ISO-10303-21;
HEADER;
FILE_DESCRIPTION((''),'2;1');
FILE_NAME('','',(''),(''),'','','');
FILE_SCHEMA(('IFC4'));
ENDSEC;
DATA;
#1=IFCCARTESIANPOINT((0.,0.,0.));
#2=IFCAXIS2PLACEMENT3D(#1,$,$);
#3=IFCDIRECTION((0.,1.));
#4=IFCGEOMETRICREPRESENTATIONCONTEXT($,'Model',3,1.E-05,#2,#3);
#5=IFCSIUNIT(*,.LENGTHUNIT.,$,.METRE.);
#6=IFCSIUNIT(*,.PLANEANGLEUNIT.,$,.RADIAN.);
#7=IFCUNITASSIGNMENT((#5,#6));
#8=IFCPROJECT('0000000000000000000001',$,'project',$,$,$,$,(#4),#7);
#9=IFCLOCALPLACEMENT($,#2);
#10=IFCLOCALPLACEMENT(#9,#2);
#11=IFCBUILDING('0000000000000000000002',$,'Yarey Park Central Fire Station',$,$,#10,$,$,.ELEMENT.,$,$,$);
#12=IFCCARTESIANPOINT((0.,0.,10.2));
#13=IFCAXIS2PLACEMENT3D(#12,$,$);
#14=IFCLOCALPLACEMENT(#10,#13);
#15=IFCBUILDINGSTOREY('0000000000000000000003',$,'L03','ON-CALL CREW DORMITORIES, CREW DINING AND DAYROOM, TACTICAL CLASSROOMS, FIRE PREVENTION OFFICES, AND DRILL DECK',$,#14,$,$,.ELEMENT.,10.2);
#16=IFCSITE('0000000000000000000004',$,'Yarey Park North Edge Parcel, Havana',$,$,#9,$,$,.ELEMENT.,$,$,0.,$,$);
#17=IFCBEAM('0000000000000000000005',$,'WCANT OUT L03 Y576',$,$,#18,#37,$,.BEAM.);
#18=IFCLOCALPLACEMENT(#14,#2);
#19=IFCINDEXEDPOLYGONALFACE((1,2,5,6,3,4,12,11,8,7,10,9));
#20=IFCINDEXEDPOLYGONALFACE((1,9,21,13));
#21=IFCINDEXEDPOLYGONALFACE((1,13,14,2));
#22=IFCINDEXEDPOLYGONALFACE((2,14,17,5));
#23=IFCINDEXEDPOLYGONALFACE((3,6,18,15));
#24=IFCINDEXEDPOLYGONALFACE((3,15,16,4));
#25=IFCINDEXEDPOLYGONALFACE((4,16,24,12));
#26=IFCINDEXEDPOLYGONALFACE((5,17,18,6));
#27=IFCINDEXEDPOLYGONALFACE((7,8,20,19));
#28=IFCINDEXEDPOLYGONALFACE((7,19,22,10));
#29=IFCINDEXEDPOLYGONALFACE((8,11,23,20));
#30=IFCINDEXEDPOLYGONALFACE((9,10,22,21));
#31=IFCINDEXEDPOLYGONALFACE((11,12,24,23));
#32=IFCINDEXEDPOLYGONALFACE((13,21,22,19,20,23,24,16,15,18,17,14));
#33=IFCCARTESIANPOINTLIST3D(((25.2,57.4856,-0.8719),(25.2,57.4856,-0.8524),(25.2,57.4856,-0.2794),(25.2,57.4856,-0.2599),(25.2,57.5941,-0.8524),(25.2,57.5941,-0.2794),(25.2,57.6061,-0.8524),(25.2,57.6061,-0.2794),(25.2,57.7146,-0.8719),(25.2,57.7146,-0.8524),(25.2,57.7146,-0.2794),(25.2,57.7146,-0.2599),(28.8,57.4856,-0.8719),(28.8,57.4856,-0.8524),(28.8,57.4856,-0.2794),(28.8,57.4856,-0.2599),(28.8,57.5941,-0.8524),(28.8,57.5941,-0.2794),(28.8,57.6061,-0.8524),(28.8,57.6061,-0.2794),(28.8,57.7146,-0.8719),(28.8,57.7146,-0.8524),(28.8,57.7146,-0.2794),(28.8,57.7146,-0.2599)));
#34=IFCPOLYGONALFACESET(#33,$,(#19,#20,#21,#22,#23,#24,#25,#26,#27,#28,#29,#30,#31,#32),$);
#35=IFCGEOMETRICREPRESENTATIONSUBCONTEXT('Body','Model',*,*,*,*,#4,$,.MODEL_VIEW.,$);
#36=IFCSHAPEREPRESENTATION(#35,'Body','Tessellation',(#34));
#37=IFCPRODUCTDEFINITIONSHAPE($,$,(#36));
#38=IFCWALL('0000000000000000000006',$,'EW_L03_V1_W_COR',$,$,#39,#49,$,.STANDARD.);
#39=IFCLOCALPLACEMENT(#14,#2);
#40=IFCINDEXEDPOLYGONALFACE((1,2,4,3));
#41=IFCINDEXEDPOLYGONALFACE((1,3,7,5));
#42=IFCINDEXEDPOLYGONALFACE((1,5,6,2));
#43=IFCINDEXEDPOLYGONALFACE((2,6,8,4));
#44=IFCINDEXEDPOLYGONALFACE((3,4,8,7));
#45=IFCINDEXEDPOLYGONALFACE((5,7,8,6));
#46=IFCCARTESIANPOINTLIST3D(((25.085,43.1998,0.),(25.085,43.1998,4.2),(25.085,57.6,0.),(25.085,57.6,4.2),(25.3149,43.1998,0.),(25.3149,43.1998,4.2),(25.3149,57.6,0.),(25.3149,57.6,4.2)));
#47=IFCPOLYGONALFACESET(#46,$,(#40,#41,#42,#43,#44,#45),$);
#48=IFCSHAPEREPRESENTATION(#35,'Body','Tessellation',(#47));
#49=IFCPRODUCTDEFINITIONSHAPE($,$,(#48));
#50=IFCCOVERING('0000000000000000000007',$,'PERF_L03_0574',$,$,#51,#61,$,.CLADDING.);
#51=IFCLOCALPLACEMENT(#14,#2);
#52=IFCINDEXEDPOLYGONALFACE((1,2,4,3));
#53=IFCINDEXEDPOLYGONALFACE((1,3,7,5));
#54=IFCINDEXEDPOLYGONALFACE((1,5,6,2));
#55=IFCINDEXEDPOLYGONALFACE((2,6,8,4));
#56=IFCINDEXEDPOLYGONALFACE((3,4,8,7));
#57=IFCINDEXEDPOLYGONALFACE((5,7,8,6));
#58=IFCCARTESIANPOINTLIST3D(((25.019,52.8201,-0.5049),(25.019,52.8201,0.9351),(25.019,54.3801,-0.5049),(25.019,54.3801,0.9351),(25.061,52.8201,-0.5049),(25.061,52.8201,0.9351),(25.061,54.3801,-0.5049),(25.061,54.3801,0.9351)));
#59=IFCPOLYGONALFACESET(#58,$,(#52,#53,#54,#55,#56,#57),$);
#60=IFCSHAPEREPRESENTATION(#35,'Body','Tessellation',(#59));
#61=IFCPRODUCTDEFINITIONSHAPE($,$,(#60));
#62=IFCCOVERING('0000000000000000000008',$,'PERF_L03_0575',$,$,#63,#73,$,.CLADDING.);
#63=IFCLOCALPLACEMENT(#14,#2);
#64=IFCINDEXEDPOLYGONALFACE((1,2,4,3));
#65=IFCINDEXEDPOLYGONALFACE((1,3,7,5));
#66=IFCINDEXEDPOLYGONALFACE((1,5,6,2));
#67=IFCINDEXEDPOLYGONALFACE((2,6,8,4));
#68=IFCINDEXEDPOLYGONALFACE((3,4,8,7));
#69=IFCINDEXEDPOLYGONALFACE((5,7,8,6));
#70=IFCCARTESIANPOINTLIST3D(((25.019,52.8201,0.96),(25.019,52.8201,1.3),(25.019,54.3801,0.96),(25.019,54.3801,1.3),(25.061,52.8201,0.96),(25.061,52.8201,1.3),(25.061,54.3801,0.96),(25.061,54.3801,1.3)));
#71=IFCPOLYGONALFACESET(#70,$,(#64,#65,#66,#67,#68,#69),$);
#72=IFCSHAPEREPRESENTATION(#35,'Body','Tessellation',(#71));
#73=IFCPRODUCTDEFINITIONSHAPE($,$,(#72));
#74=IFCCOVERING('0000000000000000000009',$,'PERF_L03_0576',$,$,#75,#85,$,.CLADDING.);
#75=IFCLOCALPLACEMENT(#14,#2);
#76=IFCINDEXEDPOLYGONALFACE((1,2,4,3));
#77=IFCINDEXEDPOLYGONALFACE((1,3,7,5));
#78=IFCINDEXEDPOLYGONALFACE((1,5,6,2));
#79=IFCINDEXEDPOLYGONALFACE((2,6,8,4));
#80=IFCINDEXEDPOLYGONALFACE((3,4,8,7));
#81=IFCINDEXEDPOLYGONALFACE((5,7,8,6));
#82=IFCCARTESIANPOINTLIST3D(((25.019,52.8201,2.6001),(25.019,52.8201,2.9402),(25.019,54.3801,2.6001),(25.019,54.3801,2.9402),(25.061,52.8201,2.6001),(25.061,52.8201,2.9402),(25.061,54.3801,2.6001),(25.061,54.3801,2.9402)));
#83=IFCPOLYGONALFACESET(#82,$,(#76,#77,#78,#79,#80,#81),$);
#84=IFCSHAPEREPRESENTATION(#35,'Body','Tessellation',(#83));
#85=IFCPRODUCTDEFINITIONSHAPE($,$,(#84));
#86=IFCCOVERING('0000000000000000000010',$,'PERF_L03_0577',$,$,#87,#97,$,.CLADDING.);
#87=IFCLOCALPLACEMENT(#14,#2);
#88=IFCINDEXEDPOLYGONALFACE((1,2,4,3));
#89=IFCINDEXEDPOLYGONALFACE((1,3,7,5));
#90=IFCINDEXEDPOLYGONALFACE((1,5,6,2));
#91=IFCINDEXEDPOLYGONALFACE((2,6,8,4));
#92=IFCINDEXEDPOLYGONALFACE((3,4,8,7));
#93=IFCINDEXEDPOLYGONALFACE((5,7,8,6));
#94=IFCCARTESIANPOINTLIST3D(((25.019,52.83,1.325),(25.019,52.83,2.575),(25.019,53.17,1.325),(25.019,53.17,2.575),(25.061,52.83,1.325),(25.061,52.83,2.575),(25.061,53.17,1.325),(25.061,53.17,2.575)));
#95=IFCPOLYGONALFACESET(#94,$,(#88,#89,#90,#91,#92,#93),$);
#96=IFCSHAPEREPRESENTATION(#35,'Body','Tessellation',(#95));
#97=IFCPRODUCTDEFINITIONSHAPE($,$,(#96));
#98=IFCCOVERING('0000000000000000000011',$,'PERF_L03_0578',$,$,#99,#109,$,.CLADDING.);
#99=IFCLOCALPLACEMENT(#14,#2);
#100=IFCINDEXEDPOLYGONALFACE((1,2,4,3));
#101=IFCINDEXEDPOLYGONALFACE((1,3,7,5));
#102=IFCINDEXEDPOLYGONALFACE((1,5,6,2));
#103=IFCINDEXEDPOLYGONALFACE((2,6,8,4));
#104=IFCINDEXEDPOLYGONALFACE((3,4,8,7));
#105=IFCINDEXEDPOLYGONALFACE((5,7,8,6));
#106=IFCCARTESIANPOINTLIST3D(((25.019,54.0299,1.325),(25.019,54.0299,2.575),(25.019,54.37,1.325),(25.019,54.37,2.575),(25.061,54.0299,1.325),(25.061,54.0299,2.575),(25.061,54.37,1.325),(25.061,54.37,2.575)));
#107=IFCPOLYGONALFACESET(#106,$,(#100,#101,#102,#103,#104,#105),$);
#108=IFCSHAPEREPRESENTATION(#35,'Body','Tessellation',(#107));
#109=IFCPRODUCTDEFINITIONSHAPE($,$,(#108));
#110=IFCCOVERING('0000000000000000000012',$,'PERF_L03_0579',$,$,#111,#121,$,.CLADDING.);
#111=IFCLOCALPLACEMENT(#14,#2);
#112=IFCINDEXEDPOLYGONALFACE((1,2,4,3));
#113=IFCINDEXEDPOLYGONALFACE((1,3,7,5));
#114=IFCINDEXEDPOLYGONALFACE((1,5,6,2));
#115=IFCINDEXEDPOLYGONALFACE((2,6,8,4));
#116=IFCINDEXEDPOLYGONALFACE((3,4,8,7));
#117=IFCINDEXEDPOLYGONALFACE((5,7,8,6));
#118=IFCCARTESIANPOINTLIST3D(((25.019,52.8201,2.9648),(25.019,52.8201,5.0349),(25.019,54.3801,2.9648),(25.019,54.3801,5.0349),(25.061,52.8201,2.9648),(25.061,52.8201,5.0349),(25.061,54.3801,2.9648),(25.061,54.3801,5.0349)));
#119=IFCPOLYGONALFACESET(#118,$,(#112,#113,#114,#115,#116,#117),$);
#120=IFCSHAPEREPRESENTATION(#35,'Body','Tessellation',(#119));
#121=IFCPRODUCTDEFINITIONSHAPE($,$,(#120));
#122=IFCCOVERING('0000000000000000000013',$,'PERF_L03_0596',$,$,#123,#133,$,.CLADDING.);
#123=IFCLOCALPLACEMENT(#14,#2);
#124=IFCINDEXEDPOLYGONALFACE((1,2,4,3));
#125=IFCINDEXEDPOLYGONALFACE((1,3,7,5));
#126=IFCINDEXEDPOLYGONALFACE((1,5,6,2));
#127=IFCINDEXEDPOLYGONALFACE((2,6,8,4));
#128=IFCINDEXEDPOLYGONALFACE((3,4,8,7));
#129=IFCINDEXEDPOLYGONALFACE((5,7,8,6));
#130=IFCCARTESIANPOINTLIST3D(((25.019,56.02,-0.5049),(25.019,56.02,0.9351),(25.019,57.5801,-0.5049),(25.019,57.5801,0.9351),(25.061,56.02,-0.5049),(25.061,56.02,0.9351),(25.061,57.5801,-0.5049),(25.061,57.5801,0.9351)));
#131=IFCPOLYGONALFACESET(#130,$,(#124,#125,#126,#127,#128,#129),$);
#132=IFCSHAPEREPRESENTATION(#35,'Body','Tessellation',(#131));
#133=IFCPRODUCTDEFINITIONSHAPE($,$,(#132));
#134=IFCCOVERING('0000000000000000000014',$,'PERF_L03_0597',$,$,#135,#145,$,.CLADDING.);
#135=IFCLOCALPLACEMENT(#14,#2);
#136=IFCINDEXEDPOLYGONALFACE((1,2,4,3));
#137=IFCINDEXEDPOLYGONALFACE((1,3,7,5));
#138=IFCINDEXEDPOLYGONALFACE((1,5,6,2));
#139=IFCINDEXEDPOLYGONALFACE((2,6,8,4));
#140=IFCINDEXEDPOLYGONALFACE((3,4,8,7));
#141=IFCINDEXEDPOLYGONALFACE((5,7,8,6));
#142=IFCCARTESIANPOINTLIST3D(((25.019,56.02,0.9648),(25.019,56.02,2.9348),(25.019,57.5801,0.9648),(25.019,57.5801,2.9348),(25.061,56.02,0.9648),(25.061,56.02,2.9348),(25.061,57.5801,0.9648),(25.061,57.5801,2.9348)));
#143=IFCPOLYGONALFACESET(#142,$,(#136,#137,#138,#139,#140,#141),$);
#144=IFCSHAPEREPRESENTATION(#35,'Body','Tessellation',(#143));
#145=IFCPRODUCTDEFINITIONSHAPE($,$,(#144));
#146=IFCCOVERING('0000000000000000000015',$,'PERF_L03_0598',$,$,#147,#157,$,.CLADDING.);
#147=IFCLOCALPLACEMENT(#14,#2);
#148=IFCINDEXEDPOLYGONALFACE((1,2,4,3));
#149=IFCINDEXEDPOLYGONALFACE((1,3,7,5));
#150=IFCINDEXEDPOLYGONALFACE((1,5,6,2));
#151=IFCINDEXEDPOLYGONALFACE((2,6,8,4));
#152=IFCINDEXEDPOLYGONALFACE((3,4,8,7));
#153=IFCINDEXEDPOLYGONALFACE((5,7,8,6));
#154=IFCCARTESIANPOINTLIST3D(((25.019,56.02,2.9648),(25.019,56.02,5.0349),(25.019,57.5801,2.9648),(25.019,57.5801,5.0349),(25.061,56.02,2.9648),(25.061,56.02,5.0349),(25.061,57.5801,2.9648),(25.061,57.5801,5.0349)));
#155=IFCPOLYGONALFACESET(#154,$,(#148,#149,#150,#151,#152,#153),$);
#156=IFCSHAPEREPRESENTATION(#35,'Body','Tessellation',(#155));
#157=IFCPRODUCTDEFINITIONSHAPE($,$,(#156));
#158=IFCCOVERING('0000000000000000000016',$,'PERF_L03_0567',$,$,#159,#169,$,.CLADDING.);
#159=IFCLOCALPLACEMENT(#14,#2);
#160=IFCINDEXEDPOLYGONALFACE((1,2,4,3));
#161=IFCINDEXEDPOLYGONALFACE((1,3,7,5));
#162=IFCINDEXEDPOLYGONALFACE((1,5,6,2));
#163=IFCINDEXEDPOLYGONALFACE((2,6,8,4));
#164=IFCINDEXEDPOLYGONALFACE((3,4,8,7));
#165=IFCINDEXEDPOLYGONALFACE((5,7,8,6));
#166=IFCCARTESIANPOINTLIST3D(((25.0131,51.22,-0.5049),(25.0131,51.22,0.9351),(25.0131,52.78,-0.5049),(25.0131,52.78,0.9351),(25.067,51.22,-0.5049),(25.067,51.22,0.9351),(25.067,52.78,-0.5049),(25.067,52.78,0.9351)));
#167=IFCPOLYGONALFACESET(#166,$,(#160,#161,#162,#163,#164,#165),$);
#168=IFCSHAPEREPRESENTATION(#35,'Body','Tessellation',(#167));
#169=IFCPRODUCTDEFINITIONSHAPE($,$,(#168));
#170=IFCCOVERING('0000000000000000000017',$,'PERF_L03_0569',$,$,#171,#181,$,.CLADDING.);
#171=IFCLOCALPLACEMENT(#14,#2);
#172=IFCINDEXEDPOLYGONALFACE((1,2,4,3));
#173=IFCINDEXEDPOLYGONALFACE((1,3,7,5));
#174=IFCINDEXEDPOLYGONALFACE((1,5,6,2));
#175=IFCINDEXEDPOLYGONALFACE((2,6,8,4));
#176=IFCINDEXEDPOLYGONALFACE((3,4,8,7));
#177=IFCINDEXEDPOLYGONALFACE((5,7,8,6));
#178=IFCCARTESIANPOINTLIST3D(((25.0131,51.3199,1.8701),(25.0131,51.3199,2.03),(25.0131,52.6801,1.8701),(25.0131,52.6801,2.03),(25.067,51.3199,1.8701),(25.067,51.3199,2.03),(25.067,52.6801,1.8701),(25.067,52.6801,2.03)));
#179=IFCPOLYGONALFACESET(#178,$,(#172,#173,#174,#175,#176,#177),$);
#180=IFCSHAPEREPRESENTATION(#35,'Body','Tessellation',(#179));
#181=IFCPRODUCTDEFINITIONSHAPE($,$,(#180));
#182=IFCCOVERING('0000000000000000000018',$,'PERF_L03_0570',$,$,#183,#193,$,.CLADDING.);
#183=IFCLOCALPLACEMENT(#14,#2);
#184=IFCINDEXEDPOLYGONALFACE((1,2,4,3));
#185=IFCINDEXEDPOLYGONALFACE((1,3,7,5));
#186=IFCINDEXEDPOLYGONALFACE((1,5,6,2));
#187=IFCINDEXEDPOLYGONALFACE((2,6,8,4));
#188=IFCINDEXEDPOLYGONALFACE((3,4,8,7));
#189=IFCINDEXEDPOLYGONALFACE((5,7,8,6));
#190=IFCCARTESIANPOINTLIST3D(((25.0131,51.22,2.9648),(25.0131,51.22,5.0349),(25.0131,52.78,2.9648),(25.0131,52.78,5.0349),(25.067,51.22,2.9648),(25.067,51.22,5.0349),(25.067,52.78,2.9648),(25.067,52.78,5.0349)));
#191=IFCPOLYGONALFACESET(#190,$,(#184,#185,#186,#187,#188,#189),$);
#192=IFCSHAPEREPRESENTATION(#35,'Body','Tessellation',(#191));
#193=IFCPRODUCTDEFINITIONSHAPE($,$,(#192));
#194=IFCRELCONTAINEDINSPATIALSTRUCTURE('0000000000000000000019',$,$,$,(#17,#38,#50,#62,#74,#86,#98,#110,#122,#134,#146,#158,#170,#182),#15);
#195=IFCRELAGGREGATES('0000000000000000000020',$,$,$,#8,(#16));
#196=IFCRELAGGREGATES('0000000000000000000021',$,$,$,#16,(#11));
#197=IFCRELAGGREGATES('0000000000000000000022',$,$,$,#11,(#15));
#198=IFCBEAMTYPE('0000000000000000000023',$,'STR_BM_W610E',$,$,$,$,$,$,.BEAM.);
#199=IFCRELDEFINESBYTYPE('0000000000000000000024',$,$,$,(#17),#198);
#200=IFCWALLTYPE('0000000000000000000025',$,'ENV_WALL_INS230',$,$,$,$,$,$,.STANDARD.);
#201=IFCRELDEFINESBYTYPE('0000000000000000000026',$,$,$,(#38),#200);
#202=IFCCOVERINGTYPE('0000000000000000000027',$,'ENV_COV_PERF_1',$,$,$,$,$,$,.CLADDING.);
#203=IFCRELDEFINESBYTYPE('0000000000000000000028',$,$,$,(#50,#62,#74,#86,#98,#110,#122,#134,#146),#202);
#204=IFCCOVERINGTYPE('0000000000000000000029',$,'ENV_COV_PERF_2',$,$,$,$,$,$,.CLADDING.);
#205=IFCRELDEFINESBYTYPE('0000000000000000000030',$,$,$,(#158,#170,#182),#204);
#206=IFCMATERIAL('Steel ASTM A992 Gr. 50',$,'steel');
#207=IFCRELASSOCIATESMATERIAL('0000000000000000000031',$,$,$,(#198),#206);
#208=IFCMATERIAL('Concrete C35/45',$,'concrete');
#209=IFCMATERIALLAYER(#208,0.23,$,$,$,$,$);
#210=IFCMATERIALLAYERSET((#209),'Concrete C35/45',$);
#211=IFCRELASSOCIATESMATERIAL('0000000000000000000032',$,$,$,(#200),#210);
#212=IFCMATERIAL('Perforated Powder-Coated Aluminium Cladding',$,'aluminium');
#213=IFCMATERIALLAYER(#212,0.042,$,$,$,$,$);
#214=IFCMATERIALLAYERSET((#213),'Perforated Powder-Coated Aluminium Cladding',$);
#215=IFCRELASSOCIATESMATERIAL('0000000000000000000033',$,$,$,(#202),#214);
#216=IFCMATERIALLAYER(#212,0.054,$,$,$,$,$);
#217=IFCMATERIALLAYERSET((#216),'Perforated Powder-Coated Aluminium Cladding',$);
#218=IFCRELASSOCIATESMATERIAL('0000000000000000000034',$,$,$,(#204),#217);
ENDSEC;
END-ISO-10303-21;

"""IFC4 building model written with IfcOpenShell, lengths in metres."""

from ifc_helpers import new_model, si_unit, direction, frame, frame_2d, origin, origin_2d, place, context, subcontext, project, spatial, rectangle, i_section, extrude, material, layer, layer_set, material_profile, profile_set, type_object, element, save


model = new_model("IFC4")

# Units and contexts
model_context = context("Model", 3, precision=1e-05, world=origin(), true_north=direction((0.0, 1.0)))
body_context = subcontext(model_context, "Body", "Model", "MODEL_VIEW")
ifc_project = project(units=[si_unit("LENGTHUNIT", "METRE"), si_unit("PLANEANGLEUNIT", "RADIAN")], contexts=[model_context])

# Site, building, storey
site_placement = place(None, origin())
site = spatial("IfcSite", under=ifc_project, at=site_placement, Name="Yarey Park North Edge Parcel, Havana", CompositionType="ELEMENT", RefElevation=0.0)
building_placement = place(site_placement, origin())
building = spatial("IfcBuilding", under=site, at=building_placement, Name="Yarey Park Central Fire Station", CompositionType="ELEMENT")
storey_placement = place(building_placement, frame((0.0, 0.0, 10.2)))
storey = spatial("IfcBuildingStorey", under=building, at=storey_placement, Name="L03", Description="ON-CALL CREW DORMITORIES, CREW DINING AND DAYROOM, TACTICAL CLASSROOMS, FIRE PREVENTION OFFICES, AND DRILL DECK", CompositionType="ELEMENT", Elevation=10.2)

# Beam
ifc_material_1 = material(Name="Steel ASTM A992 Gr. 50", Category="steel")
ifc_material_profile = material_profile(ifc_material_1, i_section(OverallWidth=0.229, OverallDepth=0.6121, WebThickness=0.012, FlangeThickness=0.0195, at=origin_2d()), Name="W610x125")
ifc_profile_set = profile_set([ifc_material_profile], Name="Steel ASTM A992 Gr. 50")
beam_type = type_object("IfcBeamType", Name="STR_BM_W610E", PredefinedType="BEAM", material=ifc_profile_set)
beam_placement = place(storey_placement, frame((25.2, 57.6001, -0.5659), z_axis=(1.0, 0.0, 0.0), x_axis=(0.0, 1.0, 0.0)))
element("IfcBeam", 1, at=beam_placement, inside=storey, type_object=beam_type, Name="WCANT OUT L03 Y576", PredefinedType="BEAM", context=body_context, shape_type="SweptSolid", body=[
    extrude(i_section(OverallWidth=0.229, OverallDepth=0.6121, WebThickness=0.012, FlangeThickness=0.0195, at=origin_2d()), origin(), (0.0, 0.0, 1.0), 3.6001),
])

# Wall
ifc_material_2 = material(Name="Concrete C35/45", Category="concrete")
ifc_layer_1 = layer(ifc_material_2, 0.23)
ifc_layer_set_1 = layer_set([ifc_layer_1], Name="Concrete C35/45")
wall_type = type_object("IfcWallType", Name="ENV_WALL_INS230", PredefinedType="STANDARD", material=ifc_layer_set_1)
wall_placement = place(storey_placement, frame((25.2, 57.6001, 0.0), z_axis=(0.0, 0.0, 1.0), x_axis=(0.0, -1.0, 0.0)))
element("IfcWall", 2, at=wall_placement, inside=storey, type_object=wall_type, Name="EW_L03_V1_W_COR", PredefinedType="STANDARD", context=body_context, shape_type="SweptSolid", body=[
    extrude(rectangle(XDim=14.4001, YDim=0.23, at=frame_2d((7.2002, 0.0))), origin(), (0.0, 0.0, 1.0), 4.2),
])

# Coverings
ifc_material_3 = material(Name="Perforated Powder-Coated Aluminium Cladding", Category="aluminium")
ifc_layer_2 = layer(ifc_material_3, 0.042)
ifc_layer_set_2 = layer_set([ifc_layer_2], Name="Perforated Powder-Coated Aluminium Cladding")
covering_type_1 = type_object("IfcCoveringType", Name="ENV_COV_PERF_1", PredefinedType="CLADDING", material=ifc_layer_set_2)
covering_1_placement = place(storey_placement, frame((25.04, 53.6001, -0.5049), z_axis=(0.0, 0.0, 1.0), x_axis=(0.0, 1.0, 0.0)))
element("IfcCovering", 3, at=covering_1_placement, inside=storey, type_object=covering_type_1, Name="PERF_L03_0574", PredefinedType="CLADDING", context=body_context, shape_type="SweptSolid", body=[
    extrude(rectangle(XDim=1.5601, YDim=0.042, at=origin_2d()), origin(), (0.0, 0.0, 1.0), 1.4399),
])
for number, where, z_axis, x_axis, name in (
    (4, (25.04, 53.6001, 0.96), (0.0, 0.0, 1.0), (0.0, 1.0, 0.0), "PERF_L03_0575"),
    (5, (25.04, 53.6001, 2.6001), (0.0, 0.0, 1.0), (0.0, 1.0, 0.0), "PERF_L03_0576"),
):
    element("IfcCovering", number, at=place(storey_placement, frame(where, z_axis=z_axis, x_axis=x_axis)), inside=storey, type_object=covering_type_1, Name=name, PredefinedType="CLADDING", context=body_context, shape_type="SweptSolid", body=[
        extrude(rectangle(XDim=1.5601, YDim=0.042, at=origin_2d()), origin(), (0.0, 0.0, 1.0), 0.3401),
    ])
for number, where, z_axis, x_axis, name in (
    (6, (25.04, 53.0, 1.325), (0.0, 0.0, 1.0), (0.0, 1.0, 0.0), "PERF_L03_0577"),
    (7, (25.04, 54.2, 1.325), (0.0, 0.0, 1.0), (0.0, 1.0, 0.0), "PERF_L03_0578"),
):
    element("IfcCovering", number, at=place(storey_placement, frame(where, z_axis=z_axis, x_axis=x_axis)), inside=storey, type_object=covering_type_1, Name=name, PredefinedType="CLADDING", context=body_context, shape_type="SweptSolid", body=[
        extrude(rectangle(XDim=0.3401, YDim=0.042, at=origin_2d()), origin(), (0.0, 0.0, 1.0), 1.25),
    ])
covering_2_placement = place(storey_placement, frame((25.04, 53.6001, 2.9648), z_axis=(0.0, 0.0, 1.0), x_axis=(0.0, 1.0, 0.0)))
element("IfcCovering", 8, at=covering_2_placement, inside=storey, type_object=covering_type_1, Name="PERF_L03_0579", PredefinedType="CLADDING", context=body_context, shape_type="SweptSolid", body=[
    extrude(rectangle(XDim=1.5601, YDim=0.042, at=origin_2d()), origin(), (0.0, 0.0, 1.0), 2.0701),
])
covering_3_placement = place(storey_placement, frame((25.04, 56.8, -0.5049), z_axis=(0.0, 0.0, 1.0), x_axis=(0.0, 1.0, 0.0)))
element("IfcCovering", 9, at=covering_3_placement, inside=storey, type_object=covering_type_1, Name="PERF_L03_0596", PredefinedType="CLADDING", context=body_context, shape_type="SweptSolid", body=[
    extrude(rectangle(XDim=1.5601, YDim=0.042, at=origin_2d()), origin(), (0.0, 0.0, 1.0), 1.4399),
])
covering_4_placement = place(storey_placement, frame((25.04, 56.8, 0.9648), z_axis=(0.0, 0.0, 1.0), x_axis=(0.0, 1.0, 0.0)))
element("IfcCovering", 10, at=covering_4_placement, inside=storey, type_object=covering_type_1, Name="PERF_L03_0597", PredefinedType="CLADDING", context=body_context, shape_type="SweptSolid", body=[
    extrude(rectangle(XDim=1.5601, YDim=0.042, at=origin_2d()), origin(), (0.0, 0.0, 1.0), 1.97),
])
covering_5_placement = place(storey_placement, frame((25.04, 56.8, 2.9648), z_axis=(0.0, 0.0, 1.0), x_axis=(0.0, 1.0, 0.0)))
element("IfcCovering", 11, at=covering_5_placement, inside=storey, type_object=covering_type_1, Name="PERF_L03_0598", PredefinedType="CLADDING", context=body_context, shape_type="SweptSolid", body=[
    extrude(rectangle(XDim=1.5601, YDim=0.042, at=origin_2d()), origin(), (0.0, 0.0, 1.0), 2.0701),
])
ifc_layer_3 = layer(ifc_material_3, 0.054)
ifc_layer_set_3 = layer_set([ifc_layer_3], Name="Perforated Powder-Coated Aluminium Cladding")
covering_type_2 = type_object("IfcCoveringType", Name="ENV_COV_PERF_2", PredefinedType="CLADDING", material=ifc_layer_set_3)
covering_6_placement = place(storey_placement, frame((25.04, 52.0, -0.5049), z_axis=(0.0, 0.0, 1.0), x_axis=(0.0, 1.0, 0.0)))
element("IfcCovering", 12, at=covering_6_placement, inside=storey, type_object=covering_type_2, Name="PERF_L03_0567", PredefinedType="CLADDING", context=body_context, shape_type="SweptSolid", body=[
    extrude(rectangle(XDim=1.5601, YDim=0.054, at=origin_2d()), origin(), (0.0, 0.0, 1.0), 1.4399),
])
covering_7_placement = place(storey_placement, frame((25.04, 52.0, 1.8701), z_axis=(0.0, 0.0, 1.0), x_axis=(0.0, 1.0, 0.0)))
element("IfcCovering", 13, at=covering_7_placement, inside=storey, type_object=covering_type_2, Name="PERF_L03_0569", PredefinedType="CLADDING", context=body_context, shape_type="SweptSolid", body=[
    extrude(rectangle(XDim=1.3601, YDim=0.054, at=origin_2d()), origin(), (0.0, 0.0, 1.0), 0.1599),
])
covering_8_placement = place(storey_placement, frame((25.04, 52.0, 2.9648), z_axis=(0.0, 0.0, 1.0), x_axis=(0.0, 1.0, 0.0)))
element("IfcCovering", 14, at=covering_8_placement, inside=storey, type_object=covering_type_2, Name="PERF_L03_0570", PredefinedType="CLADDING", context=body_context, shape_type="SweptSolid", body=[
    extrude(rectangle(XDim=1.5601, YDim=0.054, at=origin_2d()), origin(), (0.0, 0.0, 1.0), 2.0701),
])

save(model, "model.ifc")
